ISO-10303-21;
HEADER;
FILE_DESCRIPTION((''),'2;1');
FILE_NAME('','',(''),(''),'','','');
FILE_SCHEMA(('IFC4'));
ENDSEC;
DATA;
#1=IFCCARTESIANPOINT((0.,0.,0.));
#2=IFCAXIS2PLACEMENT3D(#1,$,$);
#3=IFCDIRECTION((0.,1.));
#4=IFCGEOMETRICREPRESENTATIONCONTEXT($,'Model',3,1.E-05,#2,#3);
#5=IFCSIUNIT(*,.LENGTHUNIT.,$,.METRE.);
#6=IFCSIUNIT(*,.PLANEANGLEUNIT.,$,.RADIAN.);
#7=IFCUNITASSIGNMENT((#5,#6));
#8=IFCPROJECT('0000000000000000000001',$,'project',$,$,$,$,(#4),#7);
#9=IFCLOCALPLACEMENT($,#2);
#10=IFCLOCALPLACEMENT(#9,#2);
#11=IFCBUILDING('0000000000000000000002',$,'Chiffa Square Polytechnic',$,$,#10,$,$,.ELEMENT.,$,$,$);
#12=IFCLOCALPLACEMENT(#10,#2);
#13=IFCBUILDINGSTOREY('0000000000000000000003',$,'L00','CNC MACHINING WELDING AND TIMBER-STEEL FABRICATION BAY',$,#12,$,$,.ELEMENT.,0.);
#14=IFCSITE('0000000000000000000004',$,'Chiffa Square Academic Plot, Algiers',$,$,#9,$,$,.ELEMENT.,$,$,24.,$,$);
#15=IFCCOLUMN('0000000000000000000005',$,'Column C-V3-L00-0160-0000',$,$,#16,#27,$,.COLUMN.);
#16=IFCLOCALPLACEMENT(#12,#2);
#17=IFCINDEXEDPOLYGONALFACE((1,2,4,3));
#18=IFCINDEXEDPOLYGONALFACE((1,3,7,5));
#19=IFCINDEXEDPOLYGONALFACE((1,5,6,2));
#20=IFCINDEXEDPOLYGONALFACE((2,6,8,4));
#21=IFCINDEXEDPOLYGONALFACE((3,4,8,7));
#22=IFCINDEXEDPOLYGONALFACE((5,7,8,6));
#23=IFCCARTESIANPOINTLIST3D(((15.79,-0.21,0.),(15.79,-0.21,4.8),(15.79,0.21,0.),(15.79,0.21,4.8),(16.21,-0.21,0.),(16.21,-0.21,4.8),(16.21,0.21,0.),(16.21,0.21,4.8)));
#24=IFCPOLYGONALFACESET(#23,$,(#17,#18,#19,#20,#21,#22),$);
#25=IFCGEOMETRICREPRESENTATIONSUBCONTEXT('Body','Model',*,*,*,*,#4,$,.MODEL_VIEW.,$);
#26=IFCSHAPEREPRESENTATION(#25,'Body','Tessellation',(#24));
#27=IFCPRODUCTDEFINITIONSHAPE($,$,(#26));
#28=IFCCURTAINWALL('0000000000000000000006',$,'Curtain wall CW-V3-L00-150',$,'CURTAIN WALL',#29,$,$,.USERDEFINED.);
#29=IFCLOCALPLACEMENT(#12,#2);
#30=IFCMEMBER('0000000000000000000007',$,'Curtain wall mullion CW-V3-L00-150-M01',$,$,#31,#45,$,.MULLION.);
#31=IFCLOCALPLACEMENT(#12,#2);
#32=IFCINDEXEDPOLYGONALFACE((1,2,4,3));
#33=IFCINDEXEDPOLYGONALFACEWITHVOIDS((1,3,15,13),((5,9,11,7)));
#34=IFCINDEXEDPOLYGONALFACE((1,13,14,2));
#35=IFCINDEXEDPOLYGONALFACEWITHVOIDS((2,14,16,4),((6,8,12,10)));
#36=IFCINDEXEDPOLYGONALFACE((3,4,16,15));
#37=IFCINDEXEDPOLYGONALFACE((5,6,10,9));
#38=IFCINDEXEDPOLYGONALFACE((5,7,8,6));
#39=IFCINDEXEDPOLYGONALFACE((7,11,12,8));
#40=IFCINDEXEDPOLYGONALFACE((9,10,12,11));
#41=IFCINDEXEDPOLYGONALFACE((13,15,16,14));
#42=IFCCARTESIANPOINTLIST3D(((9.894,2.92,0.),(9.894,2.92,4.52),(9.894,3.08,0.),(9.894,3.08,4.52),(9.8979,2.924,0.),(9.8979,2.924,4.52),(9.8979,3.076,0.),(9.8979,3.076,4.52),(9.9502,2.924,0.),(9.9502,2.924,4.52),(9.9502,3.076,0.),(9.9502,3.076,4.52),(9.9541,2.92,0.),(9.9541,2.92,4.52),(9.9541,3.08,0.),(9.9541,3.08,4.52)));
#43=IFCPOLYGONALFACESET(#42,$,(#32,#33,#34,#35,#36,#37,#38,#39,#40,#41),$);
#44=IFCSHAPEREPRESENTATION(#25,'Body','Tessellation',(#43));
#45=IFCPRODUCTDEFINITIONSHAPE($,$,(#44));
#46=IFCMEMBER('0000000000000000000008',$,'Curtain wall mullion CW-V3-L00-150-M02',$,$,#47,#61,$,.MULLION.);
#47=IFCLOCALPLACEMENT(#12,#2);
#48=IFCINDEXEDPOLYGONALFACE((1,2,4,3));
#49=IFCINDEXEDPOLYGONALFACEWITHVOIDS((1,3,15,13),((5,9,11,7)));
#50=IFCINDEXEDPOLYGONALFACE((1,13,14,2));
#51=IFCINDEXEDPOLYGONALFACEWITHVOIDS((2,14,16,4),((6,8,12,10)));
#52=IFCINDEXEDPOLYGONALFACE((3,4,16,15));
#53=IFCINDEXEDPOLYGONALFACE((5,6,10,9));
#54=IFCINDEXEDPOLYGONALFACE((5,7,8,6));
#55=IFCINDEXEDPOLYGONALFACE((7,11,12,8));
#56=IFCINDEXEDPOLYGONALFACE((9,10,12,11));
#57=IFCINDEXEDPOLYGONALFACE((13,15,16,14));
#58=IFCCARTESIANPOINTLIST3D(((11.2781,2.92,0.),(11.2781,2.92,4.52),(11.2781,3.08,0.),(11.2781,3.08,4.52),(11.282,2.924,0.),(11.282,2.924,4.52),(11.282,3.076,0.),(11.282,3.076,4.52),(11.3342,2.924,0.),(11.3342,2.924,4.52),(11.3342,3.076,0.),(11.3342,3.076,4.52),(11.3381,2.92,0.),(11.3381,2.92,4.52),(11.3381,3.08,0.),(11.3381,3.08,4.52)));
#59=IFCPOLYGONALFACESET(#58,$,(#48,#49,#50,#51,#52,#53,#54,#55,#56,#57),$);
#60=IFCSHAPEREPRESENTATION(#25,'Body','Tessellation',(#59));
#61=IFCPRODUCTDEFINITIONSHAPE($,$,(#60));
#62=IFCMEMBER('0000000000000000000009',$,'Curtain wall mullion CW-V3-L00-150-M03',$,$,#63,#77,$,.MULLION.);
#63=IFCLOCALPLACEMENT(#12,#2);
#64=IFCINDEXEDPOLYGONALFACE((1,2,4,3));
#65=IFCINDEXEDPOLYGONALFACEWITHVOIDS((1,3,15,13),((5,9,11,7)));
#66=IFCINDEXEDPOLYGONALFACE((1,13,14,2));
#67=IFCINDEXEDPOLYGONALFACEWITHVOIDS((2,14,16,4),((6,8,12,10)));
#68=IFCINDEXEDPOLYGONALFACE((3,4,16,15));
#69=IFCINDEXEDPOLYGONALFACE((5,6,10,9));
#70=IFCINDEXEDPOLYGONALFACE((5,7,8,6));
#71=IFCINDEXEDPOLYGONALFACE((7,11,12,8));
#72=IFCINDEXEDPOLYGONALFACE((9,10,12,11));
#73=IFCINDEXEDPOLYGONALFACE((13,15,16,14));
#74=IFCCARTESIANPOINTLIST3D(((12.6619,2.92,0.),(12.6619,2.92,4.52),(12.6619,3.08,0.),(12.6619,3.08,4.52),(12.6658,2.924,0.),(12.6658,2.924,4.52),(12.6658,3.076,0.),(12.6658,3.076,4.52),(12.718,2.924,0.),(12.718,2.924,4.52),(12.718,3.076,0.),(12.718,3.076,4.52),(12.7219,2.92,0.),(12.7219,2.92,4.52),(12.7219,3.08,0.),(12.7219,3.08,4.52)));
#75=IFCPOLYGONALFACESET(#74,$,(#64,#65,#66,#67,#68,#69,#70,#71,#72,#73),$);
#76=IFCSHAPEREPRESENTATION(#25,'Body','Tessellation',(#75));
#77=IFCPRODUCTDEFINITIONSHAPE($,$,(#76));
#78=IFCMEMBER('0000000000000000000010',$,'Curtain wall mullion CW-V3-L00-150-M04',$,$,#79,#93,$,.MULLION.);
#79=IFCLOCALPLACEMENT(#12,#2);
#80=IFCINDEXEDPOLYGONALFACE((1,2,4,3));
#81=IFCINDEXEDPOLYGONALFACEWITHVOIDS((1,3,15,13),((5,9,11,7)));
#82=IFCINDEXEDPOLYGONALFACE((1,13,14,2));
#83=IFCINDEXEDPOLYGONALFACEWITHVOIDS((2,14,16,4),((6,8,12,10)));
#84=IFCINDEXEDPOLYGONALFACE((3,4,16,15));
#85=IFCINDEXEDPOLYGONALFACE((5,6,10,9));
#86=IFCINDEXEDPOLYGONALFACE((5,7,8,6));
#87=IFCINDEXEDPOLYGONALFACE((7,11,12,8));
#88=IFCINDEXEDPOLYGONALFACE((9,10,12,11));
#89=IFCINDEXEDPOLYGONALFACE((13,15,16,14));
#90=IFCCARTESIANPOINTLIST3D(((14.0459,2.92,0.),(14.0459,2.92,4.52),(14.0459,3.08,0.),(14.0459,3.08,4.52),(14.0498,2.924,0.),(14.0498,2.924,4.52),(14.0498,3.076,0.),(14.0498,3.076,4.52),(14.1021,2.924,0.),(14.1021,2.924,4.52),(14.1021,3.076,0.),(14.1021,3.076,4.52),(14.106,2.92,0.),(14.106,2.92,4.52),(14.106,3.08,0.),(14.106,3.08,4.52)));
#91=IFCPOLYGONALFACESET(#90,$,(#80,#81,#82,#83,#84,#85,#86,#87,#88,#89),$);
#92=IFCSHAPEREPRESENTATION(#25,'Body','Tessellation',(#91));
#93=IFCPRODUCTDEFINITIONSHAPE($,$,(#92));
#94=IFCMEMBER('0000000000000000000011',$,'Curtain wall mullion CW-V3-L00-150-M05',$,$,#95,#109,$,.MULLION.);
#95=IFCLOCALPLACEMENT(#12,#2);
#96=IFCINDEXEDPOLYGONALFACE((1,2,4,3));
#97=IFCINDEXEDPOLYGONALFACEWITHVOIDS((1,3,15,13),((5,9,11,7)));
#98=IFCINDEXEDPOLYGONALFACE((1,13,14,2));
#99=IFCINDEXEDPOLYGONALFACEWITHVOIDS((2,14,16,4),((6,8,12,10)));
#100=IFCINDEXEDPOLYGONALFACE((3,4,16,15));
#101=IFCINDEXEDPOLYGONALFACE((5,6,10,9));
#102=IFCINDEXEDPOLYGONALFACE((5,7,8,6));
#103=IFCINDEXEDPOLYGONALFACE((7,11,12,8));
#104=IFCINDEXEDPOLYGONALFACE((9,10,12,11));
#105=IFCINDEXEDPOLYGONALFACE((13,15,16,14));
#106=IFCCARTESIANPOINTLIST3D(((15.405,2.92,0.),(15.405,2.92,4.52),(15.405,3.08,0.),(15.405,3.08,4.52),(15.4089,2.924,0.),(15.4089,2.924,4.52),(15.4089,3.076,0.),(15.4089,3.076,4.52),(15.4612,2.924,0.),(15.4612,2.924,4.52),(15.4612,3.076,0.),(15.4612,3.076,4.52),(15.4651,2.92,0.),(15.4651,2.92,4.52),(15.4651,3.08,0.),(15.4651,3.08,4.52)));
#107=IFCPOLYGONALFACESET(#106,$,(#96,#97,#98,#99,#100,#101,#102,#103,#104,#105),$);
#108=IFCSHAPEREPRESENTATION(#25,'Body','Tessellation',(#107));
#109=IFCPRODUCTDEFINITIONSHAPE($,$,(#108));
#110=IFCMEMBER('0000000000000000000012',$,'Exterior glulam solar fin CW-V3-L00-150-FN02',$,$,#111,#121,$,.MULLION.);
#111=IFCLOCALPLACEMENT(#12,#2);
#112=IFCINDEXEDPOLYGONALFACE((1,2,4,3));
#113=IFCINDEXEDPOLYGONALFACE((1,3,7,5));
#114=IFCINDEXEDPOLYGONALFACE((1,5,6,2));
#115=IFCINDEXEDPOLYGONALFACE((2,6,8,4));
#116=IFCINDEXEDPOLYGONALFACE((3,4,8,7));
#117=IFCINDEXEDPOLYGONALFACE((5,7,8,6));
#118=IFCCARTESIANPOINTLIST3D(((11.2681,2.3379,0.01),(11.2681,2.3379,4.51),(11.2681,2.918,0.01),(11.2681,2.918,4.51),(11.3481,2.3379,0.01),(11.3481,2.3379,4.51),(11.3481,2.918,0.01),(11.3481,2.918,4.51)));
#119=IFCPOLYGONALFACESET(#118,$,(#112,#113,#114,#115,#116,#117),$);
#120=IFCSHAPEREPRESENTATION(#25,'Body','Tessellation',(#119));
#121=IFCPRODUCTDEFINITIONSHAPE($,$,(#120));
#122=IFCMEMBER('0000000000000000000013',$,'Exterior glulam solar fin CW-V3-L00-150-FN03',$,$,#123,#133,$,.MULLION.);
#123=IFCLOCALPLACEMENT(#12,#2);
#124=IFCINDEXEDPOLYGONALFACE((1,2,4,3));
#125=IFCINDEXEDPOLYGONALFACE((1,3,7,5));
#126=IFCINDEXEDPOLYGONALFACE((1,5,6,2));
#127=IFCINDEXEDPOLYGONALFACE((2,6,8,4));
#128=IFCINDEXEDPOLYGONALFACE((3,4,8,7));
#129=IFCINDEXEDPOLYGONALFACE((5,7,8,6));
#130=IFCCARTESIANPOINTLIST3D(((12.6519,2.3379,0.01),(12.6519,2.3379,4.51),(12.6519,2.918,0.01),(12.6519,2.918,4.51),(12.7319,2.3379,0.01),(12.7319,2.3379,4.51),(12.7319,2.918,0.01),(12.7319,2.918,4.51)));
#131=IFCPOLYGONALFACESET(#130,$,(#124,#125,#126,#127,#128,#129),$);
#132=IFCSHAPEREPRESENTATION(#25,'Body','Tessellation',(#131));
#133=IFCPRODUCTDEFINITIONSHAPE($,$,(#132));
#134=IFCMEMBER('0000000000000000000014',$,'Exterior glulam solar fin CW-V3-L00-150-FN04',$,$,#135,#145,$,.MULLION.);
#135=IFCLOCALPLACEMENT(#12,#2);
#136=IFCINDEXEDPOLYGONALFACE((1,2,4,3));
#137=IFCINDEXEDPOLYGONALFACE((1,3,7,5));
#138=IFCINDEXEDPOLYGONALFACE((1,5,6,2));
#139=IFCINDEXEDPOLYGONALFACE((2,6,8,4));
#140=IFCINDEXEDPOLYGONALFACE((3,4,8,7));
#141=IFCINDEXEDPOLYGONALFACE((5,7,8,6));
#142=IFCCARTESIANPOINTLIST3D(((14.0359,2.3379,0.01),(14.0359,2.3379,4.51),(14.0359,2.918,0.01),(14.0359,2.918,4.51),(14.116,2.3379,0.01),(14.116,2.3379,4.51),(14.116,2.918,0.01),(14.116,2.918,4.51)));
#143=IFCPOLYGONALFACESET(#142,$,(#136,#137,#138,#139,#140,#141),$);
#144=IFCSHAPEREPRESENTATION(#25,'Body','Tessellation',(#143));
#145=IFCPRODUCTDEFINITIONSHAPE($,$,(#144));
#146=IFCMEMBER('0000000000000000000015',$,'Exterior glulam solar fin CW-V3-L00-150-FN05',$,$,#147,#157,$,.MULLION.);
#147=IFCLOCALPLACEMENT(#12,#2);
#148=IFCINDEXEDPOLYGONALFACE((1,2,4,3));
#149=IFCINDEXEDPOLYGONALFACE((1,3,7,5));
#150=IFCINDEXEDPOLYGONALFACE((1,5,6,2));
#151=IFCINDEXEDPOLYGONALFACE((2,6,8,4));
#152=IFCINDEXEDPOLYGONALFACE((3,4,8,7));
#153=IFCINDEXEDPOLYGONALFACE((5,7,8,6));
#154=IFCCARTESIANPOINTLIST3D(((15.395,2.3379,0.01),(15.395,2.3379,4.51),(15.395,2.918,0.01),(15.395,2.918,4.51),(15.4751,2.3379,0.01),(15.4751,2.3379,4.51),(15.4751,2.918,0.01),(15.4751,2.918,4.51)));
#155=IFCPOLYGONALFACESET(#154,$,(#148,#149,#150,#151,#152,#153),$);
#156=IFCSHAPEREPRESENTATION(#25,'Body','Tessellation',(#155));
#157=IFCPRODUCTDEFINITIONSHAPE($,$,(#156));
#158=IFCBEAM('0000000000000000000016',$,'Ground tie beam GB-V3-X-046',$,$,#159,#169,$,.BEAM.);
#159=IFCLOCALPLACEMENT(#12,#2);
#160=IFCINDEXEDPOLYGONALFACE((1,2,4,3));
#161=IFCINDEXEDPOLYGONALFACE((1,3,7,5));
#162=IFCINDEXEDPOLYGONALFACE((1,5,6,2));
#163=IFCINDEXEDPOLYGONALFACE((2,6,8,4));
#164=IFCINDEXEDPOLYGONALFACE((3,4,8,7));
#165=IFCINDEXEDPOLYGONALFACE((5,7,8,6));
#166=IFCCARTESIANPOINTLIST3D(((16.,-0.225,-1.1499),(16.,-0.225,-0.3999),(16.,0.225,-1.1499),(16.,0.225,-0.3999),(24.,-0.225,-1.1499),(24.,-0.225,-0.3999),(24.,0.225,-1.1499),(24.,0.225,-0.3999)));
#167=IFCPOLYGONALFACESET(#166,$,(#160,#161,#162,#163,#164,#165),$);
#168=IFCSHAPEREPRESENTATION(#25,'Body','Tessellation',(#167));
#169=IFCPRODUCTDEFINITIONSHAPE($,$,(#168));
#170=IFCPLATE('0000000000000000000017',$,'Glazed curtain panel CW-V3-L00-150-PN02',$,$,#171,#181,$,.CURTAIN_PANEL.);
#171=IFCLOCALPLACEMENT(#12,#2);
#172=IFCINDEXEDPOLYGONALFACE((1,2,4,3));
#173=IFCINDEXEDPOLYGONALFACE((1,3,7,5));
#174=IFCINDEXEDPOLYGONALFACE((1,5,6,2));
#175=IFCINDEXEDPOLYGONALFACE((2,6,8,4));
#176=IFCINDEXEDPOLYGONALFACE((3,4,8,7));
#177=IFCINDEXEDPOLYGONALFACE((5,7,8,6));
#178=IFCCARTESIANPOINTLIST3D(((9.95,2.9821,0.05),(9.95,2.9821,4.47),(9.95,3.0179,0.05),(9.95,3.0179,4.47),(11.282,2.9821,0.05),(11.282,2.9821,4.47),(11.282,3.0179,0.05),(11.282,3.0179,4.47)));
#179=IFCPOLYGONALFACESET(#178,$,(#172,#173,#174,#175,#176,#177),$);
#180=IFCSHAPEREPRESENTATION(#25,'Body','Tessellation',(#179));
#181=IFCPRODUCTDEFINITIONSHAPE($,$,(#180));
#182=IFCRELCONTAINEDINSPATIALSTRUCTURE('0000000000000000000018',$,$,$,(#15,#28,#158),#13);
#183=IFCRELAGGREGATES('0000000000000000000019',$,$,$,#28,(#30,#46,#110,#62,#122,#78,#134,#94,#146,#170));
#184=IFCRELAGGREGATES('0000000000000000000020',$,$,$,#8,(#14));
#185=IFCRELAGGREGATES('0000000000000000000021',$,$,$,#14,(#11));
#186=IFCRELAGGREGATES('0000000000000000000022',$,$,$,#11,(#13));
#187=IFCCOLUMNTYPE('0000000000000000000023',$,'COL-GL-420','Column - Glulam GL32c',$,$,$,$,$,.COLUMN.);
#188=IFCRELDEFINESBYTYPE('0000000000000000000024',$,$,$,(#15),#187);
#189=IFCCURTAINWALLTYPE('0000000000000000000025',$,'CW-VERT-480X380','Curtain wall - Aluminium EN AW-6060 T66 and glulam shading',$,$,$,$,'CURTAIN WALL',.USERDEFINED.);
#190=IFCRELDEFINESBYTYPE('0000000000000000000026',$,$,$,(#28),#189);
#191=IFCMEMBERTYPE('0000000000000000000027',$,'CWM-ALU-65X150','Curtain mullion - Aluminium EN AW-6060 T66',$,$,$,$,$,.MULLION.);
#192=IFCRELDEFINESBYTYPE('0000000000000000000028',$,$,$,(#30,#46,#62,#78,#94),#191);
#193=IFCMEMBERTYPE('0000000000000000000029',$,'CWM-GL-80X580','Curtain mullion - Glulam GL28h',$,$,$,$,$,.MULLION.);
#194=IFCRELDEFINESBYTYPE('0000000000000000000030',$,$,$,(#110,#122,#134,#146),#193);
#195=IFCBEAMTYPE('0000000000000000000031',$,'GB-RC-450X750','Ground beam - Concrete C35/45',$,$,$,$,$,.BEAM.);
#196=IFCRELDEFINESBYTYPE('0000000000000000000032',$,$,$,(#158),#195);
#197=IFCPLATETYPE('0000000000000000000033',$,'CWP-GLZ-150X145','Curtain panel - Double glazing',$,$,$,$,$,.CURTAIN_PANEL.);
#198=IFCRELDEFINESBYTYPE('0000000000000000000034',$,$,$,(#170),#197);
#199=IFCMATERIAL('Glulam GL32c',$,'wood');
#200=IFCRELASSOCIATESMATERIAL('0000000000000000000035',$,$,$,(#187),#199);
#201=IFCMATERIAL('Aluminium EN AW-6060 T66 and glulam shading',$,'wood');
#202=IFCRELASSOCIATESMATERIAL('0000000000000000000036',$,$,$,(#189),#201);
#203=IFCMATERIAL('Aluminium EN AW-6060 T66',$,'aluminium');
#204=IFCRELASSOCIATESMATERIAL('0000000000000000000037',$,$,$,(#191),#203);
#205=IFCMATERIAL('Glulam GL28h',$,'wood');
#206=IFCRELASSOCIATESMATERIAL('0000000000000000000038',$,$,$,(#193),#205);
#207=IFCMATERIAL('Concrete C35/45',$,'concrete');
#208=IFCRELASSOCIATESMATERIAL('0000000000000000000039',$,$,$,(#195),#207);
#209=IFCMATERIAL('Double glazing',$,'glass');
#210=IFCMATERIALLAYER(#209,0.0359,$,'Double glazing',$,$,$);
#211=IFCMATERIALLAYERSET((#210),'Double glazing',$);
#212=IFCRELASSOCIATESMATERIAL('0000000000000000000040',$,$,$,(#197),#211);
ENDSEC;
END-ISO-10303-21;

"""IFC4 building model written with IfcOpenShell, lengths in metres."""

from ifc_helpers import new_model, si_unit, direction, frame, origin, origin_2d, place, context, subcontext, project, spatial, rectangle, hollow_rectangle, extrude, material, layer, layer_set, material_profile, profile_set, type_object, element, aggregate, save


model = new_model("IFC4")

# Units and contexts
model_context = context("Model", 3, precision=1e-05, world=origin(), true_north=direction((0.0, 1.0)))
body_context = subcontext(model_context, "Body", "Model", "MODEL_VIEW")
ifc_project = project(units=[si_unit("LENGTHUNIT", "METRE"), si_unit("PLANEANGLEUNIT", "RADIAN")], contexts=[model_context])

# Site, building, storey
site_placement = place(None, origin())
site = spatial("IfcSite", under=ifc_project, at=site_placement, Name="Chiffa Square Academic Plot, Algiers", CompositionType="ELEMENT", RefElevation=24.0)
building_placement = place(site_placement, origin())
building = spatial("IfcBuilding", under=site, at=building_placement, Name="Chiffa Square Polytechnic", CompositionType="ELEMENT")
storey_placement = place(building_placement, origin())
storey = spatial("IfcBuildingStorey", under=building, at=storey_placement, Name="L00", Description="CNC MACHINING WELDING AND TIMBER-STEEL FABRICATION BAY", CompositionType="ELEMENT", Elevation=0.0)

# Column
ifc_material_1 = material(Name="Glulam GL32c", Category="wood")
ifc_material_profile_1 = material_profile(ifc_material_1, rectangle(XDim=0.4199, YDim=0.4199, at=origin_2d()), Name="GL32c 420x420")
ifc_profile_set_1 = profile_set([ifc_material_profile_1], Name="Glulam GL32c")
column_type = type_object("IfcColumnType", Name="COL-GL-420", Description="Column - Glulam GL32c", PredefinedType="COLUMN", material=ifc_profile_set_1)
column_placement = place(storey_placement, frame((16.0, 0.0, 0.0), z_axis=(0.0, 0.0, 1.0), x_axis=(1.0, 0.0, 0.0)))
element("IfcColumn", 1, at=column_placement, inside=storey, type_object=column_type, Name="Column C-V3-L00-0160-0000", PredefinedType="COLUMN", context=body_context, shape_type="SweptSolid", body=[
    extrude(rectangle(XDim=0.4199, YDim=0.4199, at=origin_2d()), origin(), (0.0, 0.0, 1.0), 4.8),
])

# Curtain wall, members
ifc_material_2 = material(Name="Aluminium EN AW-6060 T66 and glulam shading", Category="wood")
curtain_wall_type = type_object("IfcCurtainWallType", Name="CW-VERT-480X380", Description="Curtain wall - Aluminium EN AW-6060 T66 and glulam shading", ElementType="CURTAIN WALL", PredefinedType="USERDEFINED", material=ifc_material_2)
curtain_wall_placement = place(storey_placement, origin())
curtain_wall = element("IfcCurtainWall", 2, at=curtain_wall_placement, inside=storey, type_object=curtain_wall_type, Name="Curtain wall CW-V3-L00-150", ObjectType="CURTAIN WALL", PredefinedType="USERDEFINED")
ifc_material_3 = material(Name="Aluminium EN AW-6060 T66", Category="aluminium")
ifc_material_profile_2 = material_profile(ifc_material_3, hollow_rectangle(XDim=0.0601, YDim=0.1599, WallThickness=0.0039, at=origin_2d()), Name="ALU 60x160x4")
ifc_profile_set_2 = profile_set([ifc_material_profile_2], Name="Aluminium EN AW-6060 T66")
member_type_1 = type_object("IfcMemberType", Name="CWM-ALU-65X150", Description="Curtain mullion - Aluminium EN AW-6060 T66", PredefinedType="MULLION", material=ifc_profile_set_2)
member_1_placement = place(storey_placement, frame((9.9241, 3.0, 0.0), z_axis=(0.0, 0.0, 1.0), x_axis=(1.0, 0.0, 0.0)))
member_1 = element("IfcMember", 3, at=member_1_placement, type_object=member_type_1, Name="Curtain wall mullion CW-V3-L00-150-M01", PredefinedType="MULLION", context=body_context, shape_type="SweptSolid", body=[
    extrude(hollow_rectangle(XDim=0.0601, YDim=0.1599, WallThickness=0.0039, at=origin_2d()), origin(), (0.0, 0.0, 1.0), 4.52),
])
member_2_placement = place(storey_placement, frame((11.3081, 3.0, 0.0), z_axis=(0.0, 0.0, 1.0), x_axis=(1.0, 0.0, 0.0)))
member_2 = element("IfcMember", 4, at=member_2_placement, type_object=member_type_1, Name="Curtain wall mullion CW-V3-L00-150-M02", PredefinedType="MULLION", context=body_context, shape_type="SweptSolid", body=[
    extrude(hollow_rectangle(XDim=0.0601, YDim=0.1599, WallThickness=0.0039, at=origin_2d()), origin(), (0.0, 0.0, 1.0), 4.52),
])
member_3_placement = place(storey_placement, frame((12.6919, 3.0, 0.0), z_axis=(0.0, 0.0, 1.0), x_axis=(1.0, 0.0, 0.0)))
member_3 = element("IfcMember", 5, at=member_3_placement, type_object=member_type_1, Name="Curtain wall mullion CW-V3-L00-150-M03", PredefinedType="MULLION", context=body_context, shape_type="SweptSolid", body=[
    extrude(hollow_rectangle(XDim=0.0601, YDim=0.1599, WallThickness=0.0039, at=origin_2d()), origin(), (0.0, 0.0, 1.0), 4.52),
])
member_4_placement = place(storey_placement, frame((14.0759, 3.0, 0.0), z_axis=(0.0, 0.0, 1.0), x_axis=(1.0, 0.0, 0.0)))
member_4 = element("IfcMember", 6, at=member_4_placement, type_object=member_type_1, Name="Curtain wall mullion CW-V3-L00-150-M04", PredefinedType="MULLION", context=body_context, shape_type="SweptSolid", body=[
    extrude(hollow_rectangle(XDim=0.0601, YDim=0.1599, WallThickness=0.0039, at=origin_2d()), origin(), (0.0, 0.0, 1.0), 4.52),
])
member_5_placement = place(storey_placement, frame((15.4351, 3.0, 0.0), z_axis=(0.0, 0.0, 1.0), x_axis=(1.0, 0.0, 0.0)))
member_5 = element("IfcMember", 7, at=member_5_placement, type_object=member_type_1, Name="Curtain wall mullion CW-V3-L00-150-M05", PredefinedType="MULLION", context=body_context, shape_type="SweptSolid", body=[
    extrude(hollow_rectangle(XDim=0.0601, YDim=0.1599, WallThickness=0.0039, at=origin_2d()), origin(), (0.0, 0.0, 1.0), 4.52),
])
ifc_material_4 = material(Name="Glulam GL28h", Category="wood")
ifc_material_profile_3 = material_profile(ifc_material_4, rectangle(XDim=0.0801, YDim=0.5801, at=origin_2d()), Name="GL28h 80x580")
ifc_profile_set_3 = profile_set([ifc_material_profile_3], Name="Glulam GL28h")
member_type_2 = type_object("IfcMemberType", Name="CWM-GL-80X580", Description="Curtain mullion - Glulam GL28h", PredefinedType="MULLION", material=ifc_profile_set_3)
member_6_placement = place(storey_placement, frame((11.3081, 2.6279, 0.01), z_axis=(0.0, 0.0, 1.0), x_axis=(1.0, 0.0, 0.0)))
member_6 = element("IfcMember", 8, at=member_6_placement, type_object=member_type_2, Name="Exterior glulam solar fin CW-V3-L00-150-FN02", PredefinedType="MULLION", context=body_context, shape_type="SweptSolid", body=[
    extrude(rectangle(XDim=0.0801, YDim=0.5801, at=origin_2d()), origin(), (0.0, 0.0, 1.0), 4.5),
])
member_7_placement = place(storey_placement, frame((12.6919, 2.6279, 0.01), z_axis=(0.0, 0.0, 1.0), x_axis=(1.0, 0.0, 0.0)))
member_7 = element("IfcMember", 9, at=member_7_placement, type_object=member_type_2, Name="Exterior glulam solar fin CW-V3-L00-150-FN03", PredefinedType="MULLION", context=body_context, shape_type="SweptSolid", body=[
    extrude(rectangle(XDim=0.0801, YDim=0.5801, at=origin_2d()), origin(), (0.0, 0.0, 1.0), 4.5),
])
member_8_placement = place(storey_placement, frame((14.0759, 2.6279, 0.01), z_axis=(0.0, 0.0, 1.0), x_axis=(1.0, 0.0, 0.0)))
member_8 = element("IfcMember", 10, at=member_8_placement, type_object=member_type_2, Name="Exterior glulam solar fin CW-V3-L00-150-FN04", PredefinedType="MULLION", context=body_context, shape_type="SweptSolid", body=[
    extrude(rectangle(XDim=0.0801, YDim=0.5801, at=origin_2d()), origin(), (0.0, 0.0, 1.0), 4.5),
])
member_9_placement = place(storey_placement, frame((15.4351, 2.6279, 0.01), z_axis=(0.0, 0.0, 1.0), x_axis=(1.0, 0.0, 0.0)))
member_9 = element("IfcMember", 11, at=member_9_placement, type_object=member_type_2, Name="Exterior glulam solar fin CW-V3-L00-150-FN05", PredefinedType="MULLION", context=body_context, shape_type="SweptSolid", body=[
    extrude(rectangle(XDim=0.0801, YDim=0.5801, at=origin_2d()), origin(), (0.0, 0.0, 1.0), 4.5),
])

# Beam
ifc_material_5 = material(Name="Concrete C35/45", Category="concrete")
ifc_material_profile_4 = material_profile(ifc_material_5, rectangle(XDim=0.45, YDim=0.75, at=origin_2d()), Name="RC 450x750")
ifc_profile_set_4 = profile_set([ifc_material_profile_4], Name="Concrete C35/45")
beam_type = type_object("IfcBeamType", Name="GB-RC-450X750", Description="Ground beam - Concrete C35/45", PredefinedType="BEAM", material=ifc_profile_set_4)
beam_placement = place(storey_placement, frame((16.0, 0.0, -0.7749), z_axis=(1.0, 0.0, 0.0), x_axis=(0.0, 1.0, 0.0)))
element("IfcBeam", 12, at=beam_placement, inside=storey, type_object=beam_type, Name="Ground tie beam GB-V3-X-046", PredefinedType="BEAM", context=body_context, shape_type="SweptSolid", body=[
    extrude(rectangle(XDim=0.45, YDim=0.75, at=origin_2d()), origin(), (0.0, 0.0, 1.0), 8.0),
])

# Plate
ifc_material_6 = material(Name="Double glazing", Category="glass")
ifc_layer_1 = layer(ifc_material_6, 0.0359, Name="Double glazing")
ifc_layer_set_1 = layer_set([ifc_layer_1], Name="Double glazing")
plate_type_1 = type_object("IfcPlateType", Name="CWP-GLZ-150X145", Description="Curtain panel - Double glazing", PredefinedType="CURTAIN_PANEL", material=ifc_layer_set_1)
plate_1_placement = place(storey_placement, frame((10.616, 3.0, 0.05), z_axis=(0.0, 0.0, 1.0), x_axis=(1.0, 0.0, 0.0)))
plate_1 = element("IfcPlate", 13, at=plate_1_placement, type_object=plate_type_1, Name="Glazed curtain panel CW-V3-L00-150-PN02", PredefinedType="CURTAIN_PANEL", context=body_context, shape_type="SweptSolid", body=[
    extrude(rectangle(XDim=1.332, YDim=0.0359, at=origin_2d()), origin(), (0.0, 0.0, 1.0), 4.4199),
])
aggregate(curtain_wall, [member_1, member_2, member_6, member_3, member_7, member_4, member_8, member_5, member_9, plate_1])

save(model, "model.ifc")
